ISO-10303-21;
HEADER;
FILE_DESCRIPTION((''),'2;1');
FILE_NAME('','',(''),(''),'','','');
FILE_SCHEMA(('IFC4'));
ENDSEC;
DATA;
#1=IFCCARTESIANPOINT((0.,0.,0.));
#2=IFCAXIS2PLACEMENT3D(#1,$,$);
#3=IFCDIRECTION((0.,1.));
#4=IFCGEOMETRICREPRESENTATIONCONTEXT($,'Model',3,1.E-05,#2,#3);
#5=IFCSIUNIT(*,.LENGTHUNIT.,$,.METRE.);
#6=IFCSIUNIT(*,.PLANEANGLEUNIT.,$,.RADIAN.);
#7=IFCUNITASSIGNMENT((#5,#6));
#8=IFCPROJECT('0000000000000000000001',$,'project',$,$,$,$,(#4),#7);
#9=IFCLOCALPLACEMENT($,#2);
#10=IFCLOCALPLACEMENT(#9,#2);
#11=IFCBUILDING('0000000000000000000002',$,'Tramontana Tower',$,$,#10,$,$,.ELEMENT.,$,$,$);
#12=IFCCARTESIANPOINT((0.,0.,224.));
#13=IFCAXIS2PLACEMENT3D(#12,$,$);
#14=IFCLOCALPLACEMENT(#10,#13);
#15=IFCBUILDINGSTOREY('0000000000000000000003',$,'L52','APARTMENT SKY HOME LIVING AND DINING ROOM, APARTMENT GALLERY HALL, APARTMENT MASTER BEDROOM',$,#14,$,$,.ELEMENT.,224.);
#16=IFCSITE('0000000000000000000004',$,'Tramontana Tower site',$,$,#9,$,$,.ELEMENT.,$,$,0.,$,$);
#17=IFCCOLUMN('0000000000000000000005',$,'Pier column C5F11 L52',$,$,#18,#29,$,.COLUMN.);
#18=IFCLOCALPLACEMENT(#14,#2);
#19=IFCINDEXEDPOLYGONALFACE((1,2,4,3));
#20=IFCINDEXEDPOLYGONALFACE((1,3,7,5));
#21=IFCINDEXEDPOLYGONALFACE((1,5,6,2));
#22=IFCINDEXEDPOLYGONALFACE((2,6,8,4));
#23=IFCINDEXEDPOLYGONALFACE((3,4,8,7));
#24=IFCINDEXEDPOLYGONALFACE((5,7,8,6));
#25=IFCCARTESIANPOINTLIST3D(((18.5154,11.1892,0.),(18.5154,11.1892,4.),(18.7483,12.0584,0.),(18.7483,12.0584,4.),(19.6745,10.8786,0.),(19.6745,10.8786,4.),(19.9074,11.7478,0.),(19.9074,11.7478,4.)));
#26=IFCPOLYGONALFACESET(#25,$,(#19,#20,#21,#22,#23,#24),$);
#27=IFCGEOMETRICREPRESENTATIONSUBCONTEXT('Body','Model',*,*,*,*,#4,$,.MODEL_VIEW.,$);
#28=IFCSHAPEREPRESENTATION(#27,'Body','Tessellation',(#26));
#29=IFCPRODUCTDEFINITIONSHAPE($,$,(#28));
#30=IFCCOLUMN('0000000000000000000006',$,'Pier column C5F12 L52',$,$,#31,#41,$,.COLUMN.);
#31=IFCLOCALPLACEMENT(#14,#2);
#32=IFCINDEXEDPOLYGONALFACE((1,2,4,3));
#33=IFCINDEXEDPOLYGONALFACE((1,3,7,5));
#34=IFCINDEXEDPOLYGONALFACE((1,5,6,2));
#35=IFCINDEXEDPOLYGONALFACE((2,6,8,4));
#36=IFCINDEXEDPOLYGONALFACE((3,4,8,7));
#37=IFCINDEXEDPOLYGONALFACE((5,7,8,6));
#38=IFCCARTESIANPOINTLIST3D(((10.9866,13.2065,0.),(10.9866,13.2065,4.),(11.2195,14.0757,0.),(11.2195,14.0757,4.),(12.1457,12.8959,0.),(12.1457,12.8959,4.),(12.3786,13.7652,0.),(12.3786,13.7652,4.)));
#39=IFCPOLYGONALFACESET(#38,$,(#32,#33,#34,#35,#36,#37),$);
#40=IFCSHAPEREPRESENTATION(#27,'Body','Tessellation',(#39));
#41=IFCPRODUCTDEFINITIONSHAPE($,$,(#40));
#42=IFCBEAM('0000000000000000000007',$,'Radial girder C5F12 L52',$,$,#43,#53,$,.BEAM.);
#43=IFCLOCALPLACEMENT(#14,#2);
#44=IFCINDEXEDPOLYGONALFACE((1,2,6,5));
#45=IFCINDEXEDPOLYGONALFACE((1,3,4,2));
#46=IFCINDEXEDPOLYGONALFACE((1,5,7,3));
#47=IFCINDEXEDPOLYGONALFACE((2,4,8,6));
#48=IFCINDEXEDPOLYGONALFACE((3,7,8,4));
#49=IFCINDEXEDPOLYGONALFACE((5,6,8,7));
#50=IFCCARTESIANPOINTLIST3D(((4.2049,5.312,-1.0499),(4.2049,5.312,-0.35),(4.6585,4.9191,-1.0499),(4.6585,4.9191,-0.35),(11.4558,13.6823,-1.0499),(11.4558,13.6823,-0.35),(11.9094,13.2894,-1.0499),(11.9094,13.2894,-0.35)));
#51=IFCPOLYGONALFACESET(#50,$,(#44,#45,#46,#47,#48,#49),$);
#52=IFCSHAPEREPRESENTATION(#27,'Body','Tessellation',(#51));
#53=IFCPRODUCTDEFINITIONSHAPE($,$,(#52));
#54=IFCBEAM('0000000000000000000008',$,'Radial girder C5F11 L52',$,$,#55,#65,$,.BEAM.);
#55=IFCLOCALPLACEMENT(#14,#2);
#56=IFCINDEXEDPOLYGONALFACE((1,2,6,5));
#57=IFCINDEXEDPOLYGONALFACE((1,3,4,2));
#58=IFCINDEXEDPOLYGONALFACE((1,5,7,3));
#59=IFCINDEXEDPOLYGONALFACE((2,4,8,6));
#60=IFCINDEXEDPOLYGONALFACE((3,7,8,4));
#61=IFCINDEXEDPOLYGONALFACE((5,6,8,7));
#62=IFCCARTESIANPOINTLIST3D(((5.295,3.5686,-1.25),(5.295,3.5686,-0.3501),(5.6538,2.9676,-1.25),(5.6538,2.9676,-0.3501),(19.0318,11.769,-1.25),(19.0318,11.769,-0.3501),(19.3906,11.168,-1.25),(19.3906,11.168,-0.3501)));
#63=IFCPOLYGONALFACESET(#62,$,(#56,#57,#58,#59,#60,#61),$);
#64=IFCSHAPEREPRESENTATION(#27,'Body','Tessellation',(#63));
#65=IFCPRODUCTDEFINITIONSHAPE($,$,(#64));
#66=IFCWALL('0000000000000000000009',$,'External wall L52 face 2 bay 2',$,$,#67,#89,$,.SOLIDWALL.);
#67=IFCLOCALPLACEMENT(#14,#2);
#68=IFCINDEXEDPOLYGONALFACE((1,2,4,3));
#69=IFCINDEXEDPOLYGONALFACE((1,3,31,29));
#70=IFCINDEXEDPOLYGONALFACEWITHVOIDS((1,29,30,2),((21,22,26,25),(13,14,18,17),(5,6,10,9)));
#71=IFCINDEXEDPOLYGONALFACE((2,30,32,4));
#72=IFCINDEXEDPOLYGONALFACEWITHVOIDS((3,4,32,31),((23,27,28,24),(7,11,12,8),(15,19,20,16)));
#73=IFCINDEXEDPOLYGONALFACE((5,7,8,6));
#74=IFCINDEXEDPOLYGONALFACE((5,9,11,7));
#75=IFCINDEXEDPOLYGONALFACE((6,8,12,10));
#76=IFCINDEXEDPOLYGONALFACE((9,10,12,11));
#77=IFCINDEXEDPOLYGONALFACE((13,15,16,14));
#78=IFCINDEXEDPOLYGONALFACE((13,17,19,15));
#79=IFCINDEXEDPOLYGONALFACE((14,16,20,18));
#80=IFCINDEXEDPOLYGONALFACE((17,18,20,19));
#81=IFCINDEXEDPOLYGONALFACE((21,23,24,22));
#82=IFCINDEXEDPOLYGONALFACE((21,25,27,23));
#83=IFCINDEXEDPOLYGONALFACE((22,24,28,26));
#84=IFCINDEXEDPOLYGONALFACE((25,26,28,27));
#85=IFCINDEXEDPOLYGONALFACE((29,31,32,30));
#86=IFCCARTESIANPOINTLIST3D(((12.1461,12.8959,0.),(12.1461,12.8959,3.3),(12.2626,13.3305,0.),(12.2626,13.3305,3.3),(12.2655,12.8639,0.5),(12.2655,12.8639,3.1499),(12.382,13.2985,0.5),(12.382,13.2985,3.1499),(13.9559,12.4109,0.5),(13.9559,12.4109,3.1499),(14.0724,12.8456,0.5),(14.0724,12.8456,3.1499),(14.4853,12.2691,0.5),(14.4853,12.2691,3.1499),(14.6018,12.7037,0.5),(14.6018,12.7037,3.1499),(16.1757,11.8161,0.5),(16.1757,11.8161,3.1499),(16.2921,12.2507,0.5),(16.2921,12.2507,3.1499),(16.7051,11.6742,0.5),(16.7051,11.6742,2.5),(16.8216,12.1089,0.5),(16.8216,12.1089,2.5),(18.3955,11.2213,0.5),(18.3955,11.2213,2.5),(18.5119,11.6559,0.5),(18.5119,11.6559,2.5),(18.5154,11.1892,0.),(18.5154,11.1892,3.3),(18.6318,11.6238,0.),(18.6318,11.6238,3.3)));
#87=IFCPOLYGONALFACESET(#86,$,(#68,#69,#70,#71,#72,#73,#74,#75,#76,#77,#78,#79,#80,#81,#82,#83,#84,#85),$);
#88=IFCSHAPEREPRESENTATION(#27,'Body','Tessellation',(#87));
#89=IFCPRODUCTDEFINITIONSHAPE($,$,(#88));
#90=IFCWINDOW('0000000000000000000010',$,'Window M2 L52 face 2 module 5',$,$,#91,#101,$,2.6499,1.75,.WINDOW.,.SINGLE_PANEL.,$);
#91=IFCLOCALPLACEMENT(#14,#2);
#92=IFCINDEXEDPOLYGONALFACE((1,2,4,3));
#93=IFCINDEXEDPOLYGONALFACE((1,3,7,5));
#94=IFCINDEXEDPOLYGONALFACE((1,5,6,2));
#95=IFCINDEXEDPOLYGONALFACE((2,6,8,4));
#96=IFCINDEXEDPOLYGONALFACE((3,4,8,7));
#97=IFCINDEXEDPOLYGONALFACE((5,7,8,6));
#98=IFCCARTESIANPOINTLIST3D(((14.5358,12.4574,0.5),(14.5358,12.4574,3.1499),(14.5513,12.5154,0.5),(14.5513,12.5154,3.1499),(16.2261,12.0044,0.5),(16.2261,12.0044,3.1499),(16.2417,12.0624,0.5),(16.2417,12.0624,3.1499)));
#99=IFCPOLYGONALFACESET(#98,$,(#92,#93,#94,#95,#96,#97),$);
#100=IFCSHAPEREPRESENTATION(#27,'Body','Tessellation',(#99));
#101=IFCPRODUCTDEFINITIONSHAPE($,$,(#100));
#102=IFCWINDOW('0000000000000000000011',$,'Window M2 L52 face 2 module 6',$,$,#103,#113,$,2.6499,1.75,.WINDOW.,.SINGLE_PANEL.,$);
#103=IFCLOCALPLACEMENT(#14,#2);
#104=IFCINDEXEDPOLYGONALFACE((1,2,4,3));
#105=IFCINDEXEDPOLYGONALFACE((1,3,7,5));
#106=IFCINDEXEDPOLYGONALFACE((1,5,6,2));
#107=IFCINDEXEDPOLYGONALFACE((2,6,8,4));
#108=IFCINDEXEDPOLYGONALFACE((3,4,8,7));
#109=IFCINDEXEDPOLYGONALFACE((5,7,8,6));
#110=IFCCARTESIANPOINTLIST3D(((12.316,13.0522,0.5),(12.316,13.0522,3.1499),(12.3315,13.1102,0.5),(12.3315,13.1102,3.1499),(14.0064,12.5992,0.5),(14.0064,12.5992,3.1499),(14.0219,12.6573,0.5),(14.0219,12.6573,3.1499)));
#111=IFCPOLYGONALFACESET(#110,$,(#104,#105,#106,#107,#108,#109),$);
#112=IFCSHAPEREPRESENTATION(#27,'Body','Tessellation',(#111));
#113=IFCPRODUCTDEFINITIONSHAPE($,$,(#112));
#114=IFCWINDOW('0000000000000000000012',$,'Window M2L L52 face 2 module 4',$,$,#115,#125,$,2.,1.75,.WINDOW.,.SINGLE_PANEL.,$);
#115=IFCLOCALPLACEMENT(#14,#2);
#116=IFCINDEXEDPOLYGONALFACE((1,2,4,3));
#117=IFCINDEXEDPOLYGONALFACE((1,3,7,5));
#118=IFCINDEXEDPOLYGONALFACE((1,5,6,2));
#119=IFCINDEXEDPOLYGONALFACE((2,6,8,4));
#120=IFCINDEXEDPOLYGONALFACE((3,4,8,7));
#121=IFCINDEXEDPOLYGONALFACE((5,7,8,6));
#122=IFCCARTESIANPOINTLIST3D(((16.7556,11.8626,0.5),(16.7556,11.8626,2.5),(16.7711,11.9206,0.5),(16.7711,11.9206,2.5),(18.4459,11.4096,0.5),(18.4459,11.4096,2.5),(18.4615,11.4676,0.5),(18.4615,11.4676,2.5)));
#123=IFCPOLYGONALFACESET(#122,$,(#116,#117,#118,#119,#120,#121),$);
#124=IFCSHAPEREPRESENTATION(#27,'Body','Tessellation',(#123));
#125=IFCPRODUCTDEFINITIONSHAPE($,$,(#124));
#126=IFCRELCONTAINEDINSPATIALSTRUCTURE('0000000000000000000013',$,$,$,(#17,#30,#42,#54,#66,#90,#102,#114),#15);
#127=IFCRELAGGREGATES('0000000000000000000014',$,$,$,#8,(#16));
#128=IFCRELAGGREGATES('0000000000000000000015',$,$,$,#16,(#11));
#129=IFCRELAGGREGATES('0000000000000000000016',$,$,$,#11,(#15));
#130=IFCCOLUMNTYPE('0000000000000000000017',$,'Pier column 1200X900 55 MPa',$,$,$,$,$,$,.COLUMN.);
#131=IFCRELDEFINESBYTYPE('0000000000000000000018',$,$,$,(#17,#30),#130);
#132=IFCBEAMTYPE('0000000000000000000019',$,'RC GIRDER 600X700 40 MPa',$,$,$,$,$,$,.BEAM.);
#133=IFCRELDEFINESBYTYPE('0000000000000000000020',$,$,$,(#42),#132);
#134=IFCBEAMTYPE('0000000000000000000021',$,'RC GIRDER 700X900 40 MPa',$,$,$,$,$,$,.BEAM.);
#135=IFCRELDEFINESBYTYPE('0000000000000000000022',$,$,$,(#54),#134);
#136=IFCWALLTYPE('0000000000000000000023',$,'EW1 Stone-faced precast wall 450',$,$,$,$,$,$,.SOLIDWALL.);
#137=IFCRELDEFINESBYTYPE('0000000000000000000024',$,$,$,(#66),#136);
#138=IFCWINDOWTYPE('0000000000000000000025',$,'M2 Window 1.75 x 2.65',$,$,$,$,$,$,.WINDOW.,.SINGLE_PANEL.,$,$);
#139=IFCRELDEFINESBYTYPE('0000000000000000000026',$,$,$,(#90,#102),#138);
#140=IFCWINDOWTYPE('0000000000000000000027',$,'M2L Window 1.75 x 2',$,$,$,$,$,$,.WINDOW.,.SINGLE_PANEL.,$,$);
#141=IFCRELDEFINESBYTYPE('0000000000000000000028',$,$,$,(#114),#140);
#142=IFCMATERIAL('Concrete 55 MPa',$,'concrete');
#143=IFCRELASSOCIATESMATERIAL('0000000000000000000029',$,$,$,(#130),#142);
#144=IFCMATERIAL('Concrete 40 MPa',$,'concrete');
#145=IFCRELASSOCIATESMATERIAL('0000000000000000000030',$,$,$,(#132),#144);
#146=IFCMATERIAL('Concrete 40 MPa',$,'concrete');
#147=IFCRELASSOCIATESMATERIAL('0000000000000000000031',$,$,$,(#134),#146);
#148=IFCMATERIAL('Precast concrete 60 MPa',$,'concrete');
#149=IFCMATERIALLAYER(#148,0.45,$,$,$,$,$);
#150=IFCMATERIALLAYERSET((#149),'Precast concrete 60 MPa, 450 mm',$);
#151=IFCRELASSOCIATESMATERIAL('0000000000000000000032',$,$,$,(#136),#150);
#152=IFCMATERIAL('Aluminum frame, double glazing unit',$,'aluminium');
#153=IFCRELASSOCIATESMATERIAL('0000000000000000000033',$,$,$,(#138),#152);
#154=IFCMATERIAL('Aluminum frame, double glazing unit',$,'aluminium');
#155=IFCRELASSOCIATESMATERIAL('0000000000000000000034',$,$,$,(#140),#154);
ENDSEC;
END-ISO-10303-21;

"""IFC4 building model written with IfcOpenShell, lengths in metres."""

from ifc_helpers import new_model, si_unit, direction, frame, frame_2d, origin, origin_2d, place, context, subcontext, project, spatial, rectangle, extrude, material, layer, layer_set, material_profile, profile_set, type_object, element, fill, save


model = new_model("IFC4")

# Units and contexts
model_context = context("Model", 3, precision=1e-05, world=origin(), true_north=direction((0.0, 1.0)))
body_context = subcontext(model_context, "Body", "Model", "MODEL_VIEW")
ifc_project = project(units=[si_unit("LENGTHUNIT", "METRE"), si_unit("PLANEANGLEUNIT", "RADIAN")], contexts=[model_context])

# Site, building, storey
site_placement = place(None, origin())
site = spatial("IfcSite", under=ifc_project, at=site_placement, Name="Tramontana Tower site", CompositionType="ELEMENT", RefElevation=0.0)
building_placement = place(site_placement, origin())
building = spatial("IfcBuilding", under=site, at=building_placement, Name="Tramontana Tower", CompositionType="ELEMENT")
storey_placement = place(building_placement, frame((0.0, 0.0, 224.0)))
storey = spatial("IfcBuildingStorey", under=building, at=storey_placement, Name="L52", Description="APARTMENT SKY HOME LIVING AND DINING ROOM, APARTMENT GALLERY HALL, APARTMENT MASTER BEDROOM", CompositionType="ELEMENT", Elevation=224.0)

# Columns
ifc_material_1 = material(Name="Concrete 55 MPa", Category="concrete")
ifc_material_profile_1 = material_profile(ifc_material_1, rectangle(XDim=1.2, YDim=0.8999, at=origin_2d()), Name="Pier column 1200X900 55 MPa")
ifc_profile_set_1 = profile_set([ifc_material_profile_1], Name="Concrete 55 MPa")
column_type = type_object("IfcColumnType", Name="Pier column 1200X900 55 MPa", PredefinedType="COLUMN", material=ifc_profile_set_1)
for number, where, z_axis, x_axis, name in (
    (1, (19.2114, 11.4685, 0.0), (0.0, 0.0, 1.0), (-0.965926, 0.258819, 0.0), "Pier column C5F11 L52"),
    (2, (11.6826, 13.4858, 0.0), (0.0, 0.0, 1.0), (-0.965926, 0.258819, 0.0), "Pier column C5F12 L52"),
):
    element("IfcColumn", number, at=place(storey_placement, frame(where, z_axis=z_axis, x_axis=x_axis)), inside=storey, type_object=column_type, Name=name, PredefinedType="COLUMN", context=body_context, shape_type="SweptSolid", body=[
        extrude(rectangle(XDim=1.2, YDim=0.8999, at=origin_2d()), origin(), (0.0, 0.0, 1.0), 4.0),
    ])

# Beams
ifc_material_2 = material(Name="Concrete 40 MPa", Category="concrete")
ifc_material_profile_2 = material_profile(ifc_material_2, rectangle(XDim=0.6001, YDim=0.7, at=origin_2d()), Name="RC GIRDER 600X700 40 MPa")
ifc_profile_set_2 = profile_set([ifc_material_profile_2], Name="Concrete 40 MPa")
beam_type_1 = type_object("IfcBeamType", Name="RC GIRDER 600X700 40 MPa", PredefinedType="BEAM", material=ifc_profile_set_2)
beam_1_placement = place(storey_placement, frame((11.6826, 13.4858, -0.7), z_axis=(-0.654758, -0.755838, 0.0), x_axis=(0.755838, -0.654758, 0.0)))
element("IfcBeam", 3, at=beam_1_placement, inside=storey, type_object=beam_type_1, Name="Radial girder C5F12 L52", PredefinedType="BEAM", context=body_context, shape_type="SweptSolid", body=[
    extrude(rectangle(XDim=0.6001, YDim=0.7, at=origin_2d()), origin(), (0.0, 0.0, 1.0), 11.0742),
])
ifc_material_3 = material(Name="Concrete 40 MPa", Category="concrete")
ifc_material_profile_3 = material_profile(ifc_material_3, rectangle(XDim=0.7, YDim=0.8999, at=origin_2d()), Name="RC GIRDER 700X900 40 MPa")
ifc_profile_set_3 = profile_set([ifc_material_profile_3], Name="Concrete 40 MPa")
beam_type_2 = type_object("IfcBeamType", Name="RC GIRDER 700X900 40 MPa", PredefinedType="BEAM", material=ifc_profile_set_3)
beam_2_placement = place(storey_placement, frame((19.2112, 11.4685, -0.8), z_axis=(-0.858639, -0.51258, 0.0), x_axis=(0.51258, -0.858639, 0.0)))
element("IfcBeam", 4, at=beam_2_placement, inside=storey, type_object=beam_type_2, Name="Radial girder C5F11 L52", PredefinedType="BEAM", context=body_context, shape_type="SweptSolid", body=[
    extrude(rectangle(XDim=0.7, YDim=0.8999, at=origin_2d()), origin(), (0.0, 0.0, 1.0), 15.9983),
])

# Wall, openings, windows
ifc_material_4 = material(Name="Precast concrete 60 MPa", Category="concrete")
ifc_layer_1 = layer(ifc_material_4, 0.45)
ifc_layer_set_1 = layer_set([ifc_layer_1], Name="Precast concrete 60 MPa, 450 mm")
wall_type_1 = type_object("IfcWallType", Name="EW1 Stone-faced precast wall 450", PredefinedType="SOLIDWALL", material=ifc_layer_set_1)
wall_1_placement = place(storey_placement, frame((18.5735, 11.4065, 0.0), z_axis=(0.0, 0.0, 1.0), x_axis=(-0.965921, 0.258835, 0.0)))
wall_1 = element("IfcWall", 5, at=wall_1_placement, inside=storey, type_object=wall_type_1, Name="External wall L52 face 2 bay 2", PredefinedType="SOLIDWALL", context=body_context, shape_type="SweptSolid", body=[
    extrude(rectangle(XDim=6.594, YDim=0.45, at=frame_2d((3.2969, 0.0))), origin(), (0.0, 0.0, 1.0), 3.3),
])
opening_1_placement = place(wall_1_placement, frame((0.124, 0.0, 0.5)))
opening_1 = element("IfcOpeningElement", 6, at=opening_1_placement, cuts=wall_1, PredefinedType="OPENING", context=body_context, shape_type="SweptSolid", body=[
    extrude(rectangle(XDim=1.75, YDim=2.0, at=frame_2d((0.875, 1.0))), frame((0.0, 0.2349, 0.0), z_axis=(0.0, -1.0, 0.0), x_axis=(1.0, 0.0, 0.0)), (0.0, 0.0, 1.0), 0.47),
])
opening_2_placement = place(wall_1_placement, frame((2.4221, 0.0, 0.5)))
opening_2 = element("IfcOpeningElement", 7, at=opening_2_placement, cuts=wall_1, PredefinedType="OPENING", context=body_context, shape_type="SweptSolid", body=[
    extrude(rectangle(XDim=1.75, YDim=2.6499, at=frame_2d((0.875, 1.325))), frame((0.0, 0.2349, 0.0), z_axis=(0.0, -1.0, 0.0), x_axis=(1.0, 0.0, 0.0)), (0.0, 0.0, 1.0), 0.47),
])
opening_3_placement = place(wall_1_placement, frame((4.7202, 0.0, 0.5)))
opening_3 = element("IfcOpeningElement", 8, at=opening_3_placement, cuts=wall_1, PredefinedType="OPENING", context=body_context, shape_type="SweptSolid", body=[
    extrude(rectangle(XDim=1.75, YDim=2.6499, at=frame_2d((0.875, 1.325))), frame((0.0, 0.2349, 0.0), z_axis=(0.0, -1.0, 0.0), x_axis=(1.0, 0.0, 0.0)), (0.0, 0.0, 1.0), 0.47),
])
ifc_material_5 = material(Name="Aluminum frame, double glazing unit", Category="aluminium")
window_type_1 = type_object("IfcWindowType", Name="M2 Window 1.75 x 2.65", PartitioningType="SINGLE_PANEL", PredefinedType="WINDOW", material=ifc_material_5)
window_1_placement = place(opening_2_placement, origin())
window_1 = element("IfcWindow", 9, at=window_1_placement, inside=storey, type_object=window_type_1, Name="Window M2 L52 face 2 module 5", OverallHeight=2.6499, OverallWidth=1.75, PartitioningType="SINGLE_PANEL", PredefinedType="WINDOW", context=body_context, shape_type="SweptSolid", body=[
    extrude(rectangle(XDim=1.75, YDim=2.6499, at=frame_2d((0.875, 1.325))), frame((0.0, 0.03, 0.0), z_axis=(0.0, -1.0, 0.0), x_axis=(1.0, 0.0, 0.0)), (0.0, 0.0, 1.0), 0.0601),
])
fill(opening_2, window_1)
window_2_placement = place(opening_3_placement, origin())
window_2 = element("IfcWindow", 10, at=window_2_placement, inside=storey, type_object=window_type_1, Name="Window M2 L52 face 2 module 6", OverallHeight=2.6499, OverallWidth=1.75, PartitioningType="SINGLE_PANEL", PredefinedType="WINDOW", context=body_context, shape_type="SweptSolid", body=[
    extrude(rectangle(XDim=1.75, YDim=2.6499, at=frame_2d((0.875, 1.325))), frame((0.0, 0.03, 0.0), z_axis=(0.0, -1.0, 0.0), x_axis=(1.0, 0.0, 0.0)), (0.0, 0.0, 1.0), 0.0601),
])
fill(opening_3, window_2)
ifc_material_6 = material(Name="Aluminum frame, double glazing unit", Category="aluminium")
window_type_2 = type_object("IfcWindowType", Name="M2L Window 1.75 x 2", PartitioningType="SINGLE_PANEL", PredefinedType="WINDOW", material=ifc_material_6)
window_3_placement = place(opening_1_placement, origin())
window_3 = element("IfcWindow", 11, at=window_3_placement, inside=storey, type_object=window_type_2, Name="Window M2L L52 face 2 module 4", OverallHeight=2.0, OverallWidth=1.75, PartitioningType="SINGLE_PANEL", PredefinedType="WINDOW", context=body_context, shape_type="SweptSolid", body=[
    extrude(rectangle(XDim=1.75, YDim=2.0, at=frame_2d((0.875, 1.0))), frame((0.0, 0.03, 0.0), z_axis=(0.0, -1.0, 0.0), x_axis=(1.0, 0.0, 0.0)), (0.0, 0.0, 1.0), 0.0601),
])
fill(opening_1, window_3)

save(model, "model.ifc")
